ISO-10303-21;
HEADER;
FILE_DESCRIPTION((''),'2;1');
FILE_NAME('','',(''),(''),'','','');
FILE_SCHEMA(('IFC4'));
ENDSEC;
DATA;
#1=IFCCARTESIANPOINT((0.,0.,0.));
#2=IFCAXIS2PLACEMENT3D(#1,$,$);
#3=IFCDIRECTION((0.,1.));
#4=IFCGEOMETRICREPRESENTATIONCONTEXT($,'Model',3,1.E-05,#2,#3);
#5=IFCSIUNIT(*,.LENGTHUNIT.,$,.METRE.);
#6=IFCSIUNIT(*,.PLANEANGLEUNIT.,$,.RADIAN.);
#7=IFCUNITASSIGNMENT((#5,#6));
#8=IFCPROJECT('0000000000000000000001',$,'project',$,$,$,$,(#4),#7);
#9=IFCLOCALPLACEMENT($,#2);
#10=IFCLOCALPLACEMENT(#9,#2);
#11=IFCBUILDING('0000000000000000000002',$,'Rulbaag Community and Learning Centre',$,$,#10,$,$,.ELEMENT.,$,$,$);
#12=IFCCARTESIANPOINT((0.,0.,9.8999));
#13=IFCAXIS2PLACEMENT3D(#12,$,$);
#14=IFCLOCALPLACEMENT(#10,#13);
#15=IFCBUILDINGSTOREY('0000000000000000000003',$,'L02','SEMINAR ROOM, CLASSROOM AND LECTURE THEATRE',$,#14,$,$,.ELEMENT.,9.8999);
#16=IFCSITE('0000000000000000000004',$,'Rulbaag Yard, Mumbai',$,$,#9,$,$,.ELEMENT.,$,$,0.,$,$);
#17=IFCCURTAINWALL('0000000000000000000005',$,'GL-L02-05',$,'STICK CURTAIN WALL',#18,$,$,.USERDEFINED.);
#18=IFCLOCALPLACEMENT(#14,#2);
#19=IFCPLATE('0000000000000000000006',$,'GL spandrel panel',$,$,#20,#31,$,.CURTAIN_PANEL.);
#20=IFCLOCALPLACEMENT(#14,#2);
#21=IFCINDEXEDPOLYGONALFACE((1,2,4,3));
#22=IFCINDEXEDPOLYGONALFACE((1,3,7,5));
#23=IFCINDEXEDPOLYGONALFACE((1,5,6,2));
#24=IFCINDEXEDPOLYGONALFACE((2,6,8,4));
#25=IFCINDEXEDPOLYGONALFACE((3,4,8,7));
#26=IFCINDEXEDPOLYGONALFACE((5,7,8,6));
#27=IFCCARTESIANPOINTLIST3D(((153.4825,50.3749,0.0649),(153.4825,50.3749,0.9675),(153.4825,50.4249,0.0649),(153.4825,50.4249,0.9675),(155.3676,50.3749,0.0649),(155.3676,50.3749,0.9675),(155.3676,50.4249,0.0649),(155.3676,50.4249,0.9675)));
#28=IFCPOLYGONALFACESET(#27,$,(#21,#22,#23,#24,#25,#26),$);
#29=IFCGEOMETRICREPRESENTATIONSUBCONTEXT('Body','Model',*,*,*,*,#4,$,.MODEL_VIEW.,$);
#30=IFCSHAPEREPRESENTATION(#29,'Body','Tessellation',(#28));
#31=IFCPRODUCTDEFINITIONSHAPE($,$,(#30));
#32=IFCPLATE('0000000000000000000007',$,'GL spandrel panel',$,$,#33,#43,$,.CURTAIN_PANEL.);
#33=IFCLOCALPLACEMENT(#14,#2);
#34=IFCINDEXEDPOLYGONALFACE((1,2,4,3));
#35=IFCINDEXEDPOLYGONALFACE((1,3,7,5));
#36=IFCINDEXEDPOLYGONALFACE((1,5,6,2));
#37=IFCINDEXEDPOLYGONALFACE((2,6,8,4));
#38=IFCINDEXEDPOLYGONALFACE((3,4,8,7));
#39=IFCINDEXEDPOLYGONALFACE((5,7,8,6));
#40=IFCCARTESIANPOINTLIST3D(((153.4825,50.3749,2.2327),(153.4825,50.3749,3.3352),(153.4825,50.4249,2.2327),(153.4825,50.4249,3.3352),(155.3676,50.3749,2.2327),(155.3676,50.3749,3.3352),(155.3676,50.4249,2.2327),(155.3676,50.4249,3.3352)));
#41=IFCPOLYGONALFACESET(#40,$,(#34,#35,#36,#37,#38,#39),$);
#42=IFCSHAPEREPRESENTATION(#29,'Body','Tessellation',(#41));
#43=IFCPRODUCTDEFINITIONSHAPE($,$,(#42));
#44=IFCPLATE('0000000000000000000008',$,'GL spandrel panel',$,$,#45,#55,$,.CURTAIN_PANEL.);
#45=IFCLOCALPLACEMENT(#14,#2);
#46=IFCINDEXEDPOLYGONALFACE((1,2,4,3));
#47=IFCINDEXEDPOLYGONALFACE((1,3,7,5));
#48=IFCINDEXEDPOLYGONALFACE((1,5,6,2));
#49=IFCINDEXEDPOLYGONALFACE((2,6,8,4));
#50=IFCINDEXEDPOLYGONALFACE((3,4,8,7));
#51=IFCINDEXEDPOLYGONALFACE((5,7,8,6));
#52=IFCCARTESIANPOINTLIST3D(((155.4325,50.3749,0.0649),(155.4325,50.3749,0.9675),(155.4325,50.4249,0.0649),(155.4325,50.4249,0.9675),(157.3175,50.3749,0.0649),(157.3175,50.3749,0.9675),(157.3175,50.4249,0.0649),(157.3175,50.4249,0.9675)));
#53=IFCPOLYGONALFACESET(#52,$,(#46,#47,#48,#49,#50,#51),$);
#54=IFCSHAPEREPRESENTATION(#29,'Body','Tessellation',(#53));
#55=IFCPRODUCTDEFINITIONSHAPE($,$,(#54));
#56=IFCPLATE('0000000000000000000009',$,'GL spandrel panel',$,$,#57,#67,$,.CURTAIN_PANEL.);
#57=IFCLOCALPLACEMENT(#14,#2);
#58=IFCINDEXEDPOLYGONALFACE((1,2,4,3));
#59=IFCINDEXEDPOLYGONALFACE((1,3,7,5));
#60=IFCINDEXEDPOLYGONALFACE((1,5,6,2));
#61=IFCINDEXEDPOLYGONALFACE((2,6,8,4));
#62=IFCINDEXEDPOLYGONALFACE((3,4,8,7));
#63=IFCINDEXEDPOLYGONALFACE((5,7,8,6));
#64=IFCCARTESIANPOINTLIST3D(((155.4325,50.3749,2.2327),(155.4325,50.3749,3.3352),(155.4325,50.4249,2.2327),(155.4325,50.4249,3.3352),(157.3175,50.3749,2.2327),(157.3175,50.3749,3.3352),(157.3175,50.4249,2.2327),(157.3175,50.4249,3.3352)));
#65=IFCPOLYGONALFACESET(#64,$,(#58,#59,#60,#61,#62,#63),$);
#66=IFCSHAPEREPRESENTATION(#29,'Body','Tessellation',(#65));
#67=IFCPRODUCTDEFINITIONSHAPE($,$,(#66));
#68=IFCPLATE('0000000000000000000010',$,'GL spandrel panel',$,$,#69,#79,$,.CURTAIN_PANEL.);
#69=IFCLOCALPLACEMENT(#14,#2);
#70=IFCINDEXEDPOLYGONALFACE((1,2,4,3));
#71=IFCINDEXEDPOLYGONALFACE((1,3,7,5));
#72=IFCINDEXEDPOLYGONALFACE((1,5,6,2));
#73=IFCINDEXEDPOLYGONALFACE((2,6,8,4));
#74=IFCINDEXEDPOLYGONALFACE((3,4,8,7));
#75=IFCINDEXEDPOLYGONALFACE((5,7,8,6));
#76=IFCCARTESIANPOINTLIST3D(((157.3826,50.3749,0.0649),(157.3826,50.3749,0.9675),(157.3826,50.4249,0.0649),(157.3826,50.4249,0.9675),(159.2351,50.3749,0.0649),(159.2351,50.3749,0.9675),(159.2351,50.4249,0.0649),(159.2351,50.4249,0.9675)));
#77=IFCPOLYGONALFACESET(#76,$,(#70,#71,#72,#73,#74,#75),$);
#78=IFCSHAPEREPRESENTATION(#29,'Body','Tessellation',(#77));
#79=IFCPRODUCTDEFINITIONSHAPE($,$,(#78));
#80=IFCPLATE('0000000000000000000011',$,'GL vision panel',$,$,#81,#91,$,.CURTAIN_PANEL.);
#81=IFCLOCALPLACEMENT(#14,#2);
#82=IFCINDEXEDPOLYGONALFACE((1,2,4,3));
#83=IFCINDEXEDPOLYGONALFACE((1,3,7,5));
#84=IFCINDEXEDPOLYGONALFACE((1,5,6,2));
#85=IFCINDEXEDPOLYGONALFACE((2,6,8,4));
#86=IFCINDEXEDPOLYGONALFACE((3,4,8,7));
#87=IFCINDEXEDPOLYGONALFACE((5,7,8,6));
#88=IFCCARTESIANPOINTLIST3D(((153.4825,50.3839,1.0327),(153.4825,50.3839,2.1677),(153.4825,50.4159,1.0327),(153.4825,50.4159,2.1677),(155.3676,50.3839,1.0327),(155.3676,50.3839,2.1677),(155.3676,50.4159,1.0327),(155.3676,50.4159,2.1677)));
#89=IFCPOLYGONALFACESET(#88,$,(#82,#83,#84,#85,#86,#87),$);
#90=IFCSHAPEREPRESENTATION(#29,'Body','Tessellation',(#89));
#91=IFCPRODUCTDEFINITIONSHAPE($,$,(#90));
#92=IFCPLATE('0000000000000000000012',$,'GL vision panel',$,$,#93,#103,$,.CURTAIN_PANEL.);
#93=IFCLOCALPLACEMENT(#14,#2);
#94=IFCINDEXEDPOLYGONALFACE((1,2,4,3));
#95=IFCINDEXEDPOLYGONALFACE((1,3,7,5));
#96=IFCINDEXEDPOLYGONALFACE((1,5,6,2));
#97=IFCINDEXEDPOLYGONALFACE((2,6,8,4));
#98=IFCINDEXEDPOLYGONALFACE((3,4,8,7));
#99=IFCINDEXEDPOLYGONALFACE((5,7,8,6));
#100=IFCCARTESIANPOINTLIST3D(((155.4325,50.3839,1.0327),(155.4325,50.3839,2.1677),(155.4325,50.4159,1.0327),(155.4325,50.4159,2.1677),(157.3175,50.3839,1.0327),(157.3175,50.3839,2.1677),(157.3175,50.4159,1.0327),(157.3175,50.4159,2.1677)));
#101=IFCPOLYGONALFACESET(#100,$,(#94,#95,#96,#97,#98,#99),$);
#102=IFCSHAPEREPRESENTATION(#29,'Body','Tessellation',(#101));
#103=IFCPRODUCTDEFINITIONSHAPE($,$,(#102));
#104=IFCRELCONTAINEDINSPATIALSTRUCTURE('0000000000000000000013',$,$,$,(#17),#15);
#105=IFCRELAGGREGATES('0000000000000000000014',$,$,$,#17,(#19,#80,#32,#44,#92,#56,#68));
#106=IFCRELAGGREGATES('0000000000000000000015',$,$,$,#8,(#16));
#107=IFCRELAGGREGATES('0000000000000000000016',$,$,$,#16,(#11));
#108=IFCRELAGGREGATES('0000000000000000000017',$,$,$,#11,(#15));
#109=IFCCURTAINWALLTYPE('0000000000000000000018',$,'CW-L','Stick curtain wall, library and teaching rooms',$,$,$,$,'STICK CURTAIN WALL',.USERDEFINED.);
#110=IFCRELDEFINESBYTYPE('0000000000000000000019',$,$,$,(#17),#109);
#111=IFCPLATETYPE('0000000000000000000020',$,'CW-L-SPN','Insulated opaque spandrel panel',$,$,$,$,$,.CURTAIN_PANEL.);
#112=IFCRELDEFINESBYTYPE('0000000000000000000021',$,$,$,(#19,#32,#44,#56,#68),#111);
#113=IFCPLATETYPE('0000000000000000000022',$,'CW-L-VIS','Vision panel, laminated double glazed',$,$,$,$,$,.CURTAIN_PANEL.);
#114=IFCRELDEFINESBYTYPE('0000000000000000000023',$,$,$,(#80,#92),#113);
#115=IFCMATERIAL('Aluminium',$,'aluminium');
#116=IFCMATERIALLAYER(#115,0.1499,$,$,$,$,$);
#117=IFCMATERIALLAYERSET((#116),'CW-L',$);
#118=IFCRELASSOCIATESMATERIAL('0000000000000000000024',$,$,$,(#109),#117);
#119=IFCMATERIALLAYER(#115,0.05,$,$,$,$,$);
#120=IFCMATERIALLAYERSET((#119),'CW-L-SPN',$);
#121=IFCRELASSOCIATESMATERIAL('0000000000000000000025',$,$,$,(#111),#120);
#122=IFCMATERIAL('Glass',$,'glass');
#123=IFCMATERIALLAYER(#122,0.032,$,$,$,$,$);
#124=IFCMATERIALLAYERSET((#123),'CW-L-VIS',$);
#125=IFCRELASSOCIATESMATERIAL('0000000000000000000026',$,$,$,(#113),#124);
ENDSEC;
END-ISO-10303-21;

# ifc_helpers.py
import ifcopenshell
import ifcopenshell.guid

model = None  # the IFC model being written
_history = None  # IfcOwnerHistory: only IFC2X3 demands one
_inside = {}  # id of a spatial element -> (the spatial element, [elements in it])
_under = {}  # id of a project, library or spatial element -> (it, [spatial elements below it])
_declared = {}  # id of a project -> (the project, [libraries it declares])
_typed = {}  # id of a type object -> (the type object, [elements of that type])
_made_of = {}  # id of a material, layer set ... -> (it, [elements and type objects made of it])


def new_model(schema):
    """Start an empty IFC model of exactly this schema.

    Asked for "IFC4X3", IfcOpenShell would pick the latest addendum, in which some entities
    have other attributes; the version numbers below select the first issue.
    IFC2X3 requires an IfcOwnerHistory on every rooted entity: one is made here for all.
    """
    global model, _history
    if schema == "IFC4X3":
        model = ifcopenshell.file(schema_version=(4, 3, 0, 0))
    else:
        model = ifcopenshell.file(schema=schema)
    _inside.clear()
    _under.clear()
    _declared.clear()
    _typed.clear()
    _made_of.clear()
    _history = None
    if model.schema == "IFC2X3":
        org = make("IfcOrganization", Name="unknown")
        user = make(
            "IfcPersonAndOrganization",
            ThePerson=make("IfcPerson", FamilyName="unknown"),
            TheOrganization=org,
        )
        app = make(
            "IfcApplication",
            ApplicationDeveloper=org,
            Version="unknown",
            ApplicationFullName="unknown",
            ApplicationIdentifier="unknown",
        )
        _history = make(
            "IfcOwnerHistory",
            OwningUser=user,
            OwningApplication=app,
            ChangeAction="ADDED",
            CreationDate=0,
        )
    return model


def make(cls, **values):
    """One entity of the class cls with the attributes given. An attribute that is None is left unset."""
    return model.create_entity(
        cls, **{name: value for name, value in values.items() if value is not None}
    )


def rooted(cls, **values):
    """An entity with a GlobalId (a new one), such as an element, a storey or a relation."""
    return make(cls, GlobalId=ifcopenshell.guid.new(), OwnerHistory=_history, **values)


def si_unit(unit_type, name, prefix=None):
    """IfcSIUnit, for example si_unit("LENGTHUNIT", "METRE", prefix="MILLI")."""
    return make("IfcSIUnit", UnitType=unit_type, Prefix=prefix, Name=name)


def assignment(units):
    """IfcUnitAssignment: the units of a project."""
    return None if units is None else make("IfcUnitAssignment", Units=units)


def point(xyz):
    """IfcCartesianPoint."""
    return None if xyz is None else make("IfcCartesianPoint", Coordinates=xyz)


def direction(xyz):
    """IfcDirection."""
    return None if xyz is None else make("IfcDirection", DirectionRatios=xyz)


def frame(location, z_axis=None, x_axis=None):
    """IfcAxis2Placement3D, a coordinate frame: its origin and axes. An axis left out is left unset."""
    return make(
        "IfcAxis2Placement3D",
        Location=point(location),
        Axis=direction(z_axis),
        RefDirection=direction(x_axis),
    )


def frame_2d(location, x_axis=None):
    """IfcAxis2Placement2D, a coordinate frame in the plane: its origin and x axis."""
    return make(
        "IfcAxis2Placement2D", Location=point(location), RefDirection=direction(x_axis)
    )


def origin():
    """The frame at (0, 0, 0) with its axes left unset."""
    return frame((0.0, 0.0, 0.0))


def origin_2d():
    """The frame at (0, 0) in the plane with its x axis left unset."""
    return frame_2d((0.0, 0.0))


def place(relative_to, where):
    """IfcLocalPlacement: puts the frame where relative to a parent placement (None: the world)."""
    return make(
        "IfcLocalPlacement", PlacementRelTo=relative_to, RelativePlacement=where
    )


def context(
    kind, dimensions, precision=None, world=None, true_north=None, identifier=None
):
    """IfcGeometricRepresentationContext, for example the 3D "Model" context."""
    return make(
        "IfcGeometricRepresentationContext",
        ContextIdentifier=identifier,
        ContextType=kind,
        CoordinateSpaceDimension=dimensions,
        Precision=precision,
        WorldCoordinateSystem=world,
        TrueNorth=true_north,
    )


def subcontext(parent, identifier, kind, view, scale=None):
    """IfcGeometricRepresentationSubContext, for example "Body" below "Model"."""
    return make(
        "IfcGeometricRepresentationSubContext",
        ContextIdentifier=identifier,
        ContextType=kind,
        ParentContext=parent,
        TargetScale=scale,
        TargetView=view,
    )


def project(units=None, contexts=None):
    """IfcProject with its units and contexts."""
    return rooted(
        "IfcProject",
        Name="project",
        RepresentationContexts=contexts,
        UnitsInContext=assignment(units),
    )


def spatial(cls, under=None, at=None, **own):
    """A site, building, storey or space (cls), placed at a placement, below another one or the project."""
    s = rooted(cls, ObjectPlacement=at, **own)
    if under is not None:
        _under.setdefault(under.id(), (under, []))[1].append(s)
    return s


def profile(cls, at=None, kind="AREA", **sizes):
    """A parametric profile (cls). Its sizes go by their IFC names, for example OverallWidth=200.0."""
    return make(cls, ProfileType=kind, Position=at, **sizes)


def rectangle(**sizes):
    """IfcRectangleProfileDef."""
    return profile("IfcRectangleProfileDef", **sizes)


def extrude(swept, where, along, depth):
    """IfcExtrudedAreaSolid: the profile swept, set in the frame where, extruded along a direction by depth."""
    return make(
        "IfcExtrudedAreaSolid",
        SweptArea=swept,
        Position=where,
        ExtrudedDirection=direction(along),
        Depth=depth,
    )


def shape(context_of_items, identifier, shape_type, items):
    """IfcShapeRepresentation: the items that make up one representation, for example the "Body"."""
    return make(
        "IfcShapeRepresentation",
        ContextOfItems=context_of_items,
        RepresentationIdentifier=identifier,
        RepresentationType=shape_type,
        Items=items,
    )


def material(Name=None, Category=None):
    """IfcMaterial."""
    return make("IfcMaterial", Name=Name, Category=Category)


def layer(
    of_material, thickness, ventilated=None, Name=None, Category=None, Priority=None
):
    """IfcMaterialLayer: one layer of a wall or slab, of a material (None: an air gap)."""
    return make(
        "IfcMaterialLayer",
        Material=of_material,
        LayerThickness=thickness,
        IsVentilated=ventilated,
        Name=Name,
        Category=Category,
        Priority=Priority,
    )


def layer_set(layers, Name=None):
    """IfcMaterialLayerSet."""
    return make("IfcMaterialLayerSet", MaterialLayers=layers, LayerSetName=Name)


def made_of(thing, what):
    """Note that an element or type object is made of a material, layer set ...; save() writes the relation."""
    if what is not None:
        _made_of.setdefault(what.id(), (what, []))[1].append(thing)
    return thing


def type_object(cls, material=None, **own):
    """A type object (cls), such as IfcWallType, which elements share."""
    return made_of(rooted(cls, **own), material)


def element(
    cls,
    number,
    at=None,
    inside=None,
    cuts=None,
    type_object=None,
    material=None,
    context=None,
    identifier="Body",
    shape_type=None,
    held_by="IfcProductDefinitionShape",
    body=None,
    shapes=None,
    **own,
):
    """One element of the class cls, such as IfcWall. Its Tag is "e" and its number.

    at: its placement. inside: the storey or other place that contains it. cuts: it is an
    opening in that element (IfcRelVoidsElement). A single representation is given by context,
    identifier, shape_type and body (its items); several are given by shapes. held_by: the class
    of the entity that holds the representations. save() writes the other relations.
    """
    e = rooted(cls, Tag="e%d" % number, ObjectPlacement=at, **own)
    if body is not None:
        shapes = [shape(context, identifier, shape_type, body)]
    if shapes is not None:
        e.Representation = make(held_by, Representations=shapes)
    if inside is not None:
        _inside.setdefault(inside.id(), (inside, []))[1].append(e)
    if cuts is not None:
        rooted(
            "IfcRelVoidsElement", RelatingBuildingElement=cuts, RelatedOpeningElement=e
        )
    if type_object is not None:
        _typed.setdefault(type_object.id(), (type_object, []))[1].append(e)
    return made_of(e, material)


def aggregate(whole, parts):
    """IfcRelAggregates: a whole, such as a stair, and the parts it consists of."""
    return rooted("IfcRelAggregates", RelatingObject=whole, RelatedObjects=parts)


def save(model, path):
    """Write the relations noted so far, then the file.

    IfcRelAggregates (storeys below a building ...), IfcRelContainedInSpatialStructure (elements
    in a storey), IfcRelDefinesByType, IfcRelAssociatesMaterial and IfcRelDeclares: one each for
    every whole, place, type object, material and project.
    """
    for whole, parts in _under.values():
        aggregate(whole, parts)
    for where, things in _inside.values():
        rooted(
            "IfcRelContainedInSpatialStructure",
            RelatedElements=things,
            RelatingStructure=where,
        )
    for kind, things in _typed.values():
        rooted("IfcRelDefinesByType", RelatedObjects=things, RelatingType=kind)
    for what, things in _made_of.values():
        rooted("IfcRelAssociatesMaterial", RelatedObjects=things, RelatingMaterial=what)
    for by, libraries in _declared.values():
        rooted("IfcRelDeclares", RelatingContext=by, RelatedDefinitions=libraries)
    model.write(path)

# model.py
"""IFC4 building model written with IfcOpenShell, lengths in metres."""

from ifc_helpers import new_model, si_unit, direction, frame, origin, origin_2d, place, context, subcontext, project, spatial, rectangle, extrude, material, layer, layer_set, type_object, element, aggregate, save


model = new_model("IFC4")

# Units and contexts
model_context = context("Model", 3, precision=1e-05, world=origin(), true_north=direction((0.0, 1.0)))
body_context = subcontext(model_context, "Body", "Model", "MODEL_VIEW")
ifc_project = project(units=[si_unit("LENGTHUNIT", "METRE"), si_unit("PLANEANGLEUNIT", "RADIAN")], contexts=[model_context])

# Site, building, storey
site_placement = place(None, origin())
site = spatial("IfcSite", under=ifc_project, at=site_placement, Name="Rulbaag Yard, Mumbai", CompositionType="ELEMENT", RefElevation=0.0)
building_placement = place(site_placement, origin())
building = spatial("IfcBuilding", under=site, at=building_placement, Name="Rulbaag Community and Learning Centre", CompositionType="ELEMENT")
storey_placement = place(building_placement, frame((0.0, 0.0, 9.8999)))
storey = spatial("IfcBuildingStorey", under=building, at=storey_placement, Name="L02", Description="SEMINAR ROOM, CLASSROOM AND LECTURE THEATRE", CompositionType="ELEMENT", Elevation=9.8999)

# Curtain wall, plates
ifc_material_1 = material(Name="Aluminium", Category="aluminium")
ifc_layer_1 = layer(ifc_material_1, 0.1499)
ifc_layer_set_1 = layer_set([ifc_layer_1], Name="CW-L")
curtain_wall_type = type_object("IfcCurtainWallType", Name="CW-L", Description="Stick curtain wall, library and teaching rooms", ElementType="STICK CURTAIN WALL", PredefinedType="USERDEFINED", material=ifc_layer_set_1)
curtain_wall_placement = place(storey_placement, origin())
curtain_wall = element("IfcCurtainWall", 1, at=curtain_wall_placement, inside=storey, type_object=curtain_wall_type, Name="GL-L02-05", ObjectType="STICK CURTAIN WALL", PredefinedType="USERDEFINED")
ifc_layer_2 = layer(ifc_material_1, 0.05)
ifc_layer_set_2 = layer_set([ifc_layer_2], Name="CW-L-SPN")
plate_type_1 = type_object("IfcPlateType", Name="CW-L-SPN", Description="Insulated opaque spandrel panel", PredefinedType="CURTAIN_PANEL", material=ifc_layer_set_2)
plate_1_placement = place(storey_placement, frame((154.425, 50.3999, 0.0649), z_axis=(0.0, 0.0, 1.0), x_axis=(1.0, 0.0, 0.0)))
plate_1 = element("IfcPlate", 2, at=plate_1_placement, type_object=plate_type_1, Name="GL spandrel panel", PredefinedType="CURTAIN_PANEL", context=body_context, shape_type="SweptSolid", body=[
    extrude(rectangle(XDim=1.885, YDim=0.05, at=origin_2d()), origin(), (0.0, 0.0, 1.0), 0.9026),
])
plate_2_placement = place(storey_placement, frame((154.425, 50.3999, 2.2327), z_axis=(0.0, 0.0, 1.0), x_axis=(1.0, 0.0, 0.0)))
plate_2 = element("IfcPlate", 3, at=plate_2_placement, type_object=plate_type_1, Name="GL spandrel panel", PredefinedType="CURTAIN_PANEL", context=body_context, shape_type="SweptSolid", body=[
    extrude(rectangle(XDim=1.885, YDim=0.05, at=origin_2d()), origin(), (0.0, 0.0, 1.0), 1.1025),
])
plate_3_placement = place(storey_placement, frame((156.375, 50.3999, 0.0649), z_axis=(0.0, 0.0, 1.0), x_axis=(1.0, 0.0, 0.0)))
plate_3 = element("IfcPlate", 4, at=plate_3_placement, type_object=plate_type_1, Name="GL spandrel panel", PredefinedType="CURTAIN_PANEL", context=body_context, shape_type="SweptSolid", body=[
    extrude(rectangle(XDim=1.885, YDim=0.05, at=origin_2d()), origin(), (0.0, 0.0, 1.0), 0.9026),
])
plate_4_placement = place(storey_placement, frame((156.375, 50.3999, 2.2327), z_axis=(0.0, 0.0, 1.0), x_axis=(1.0, 0.0, 0.0)))
plate_4 = element("IfcPlate", 5, at=plate_4_placement, type_object=plate_type_1, Name="GL spandrel panel", PredefinedType="CURTAIN_PANEL", context=body_context, shape_type="SweptSolid", body=[
    extrude(rectangle(XDim=1.885, YDim=0.05, at=origin_2d()), origin(), (0.0, 0.0, 1.0), 1.1025),
])
plate_5_placement = place(storey_placement, frame((158.3088, 50.3999, 0.0649), z_axis=(0.0, 0.0, 1.0), x_axis=(1.0, 0.0, 0.0)))
plate_5 = element("IfcPlate", 6, at=plate_5_placement, type_object=plate_type_1, Name="GL spandrel panel", PredefinedType="CURTAIN_PANEL", context=body_context, shape_type="SweptSolid", body=[
    extrude(rectangle(XDim=1.8525, YDim=0.05, at=origin_2d()), origin(), (0.0, 0.0, 1.0), 0.9026),
])
ifc_material_2 = material(Name="Glass", Category="glass")
ifc_layer_3 = layer(ifc_material_2, 0.032)
ifc_layer_set_3 = layer_set([ifc_layer_3], Name="CW-L-VIS")
plate_type_2 = type_object("IfcPlateType", Name="CW-L-VIS", Description="Vision panel, laminated double glazed", PredefinedType="CURTAIN_PANEL", material=ifc_layer_set_3)
plate_6_placement = place(storey_placement, frame((154.425, 50.3999, 1.0327), z_axis=(0.0, 0.0, 1.0), x_axis=(1.0, 0.0, 0.0)))
plate_6 = element("IfcPlate", 7, at=plate_6_placement, type_object=plate_type_2, Name="GL vision panel", PredefinedType="CURTAIN_PANEL", context=body_context, shape_type="SweptSolid", body=[
    extrude(rectangle(XDim=1.885, YDim=0.032, at=origin_2d()), origin(), (0.0, 0.0, 1.0), 1.135),
])
plate_7_placement = place(storey_placement, frame((156.375, 50.3999, 1.0327), z_axis=(0.0, 0.0, 1.0), x_axis=(1.0, 0.0, 0.0)))
plate_7 = element("IfcPlate", 8, at=plate_7_placement, type_object=plate_type_2, Name="GL vision panel", PredefinedType="CURTAIN_PANEL", context=body_context, shape_type="SweptSolid", body=[
    extrude(rectangle(XDim=1.885, YDim=0.032, at=origin_2d()), origin(), (0.0, 0.0, 1.0), 1.135),
])
aggregate(curtain_wall, [plate_1, plate_6, plate_2, plate_3, plate_7, plate_4, plate_5])

save(model, "model.ifc")
